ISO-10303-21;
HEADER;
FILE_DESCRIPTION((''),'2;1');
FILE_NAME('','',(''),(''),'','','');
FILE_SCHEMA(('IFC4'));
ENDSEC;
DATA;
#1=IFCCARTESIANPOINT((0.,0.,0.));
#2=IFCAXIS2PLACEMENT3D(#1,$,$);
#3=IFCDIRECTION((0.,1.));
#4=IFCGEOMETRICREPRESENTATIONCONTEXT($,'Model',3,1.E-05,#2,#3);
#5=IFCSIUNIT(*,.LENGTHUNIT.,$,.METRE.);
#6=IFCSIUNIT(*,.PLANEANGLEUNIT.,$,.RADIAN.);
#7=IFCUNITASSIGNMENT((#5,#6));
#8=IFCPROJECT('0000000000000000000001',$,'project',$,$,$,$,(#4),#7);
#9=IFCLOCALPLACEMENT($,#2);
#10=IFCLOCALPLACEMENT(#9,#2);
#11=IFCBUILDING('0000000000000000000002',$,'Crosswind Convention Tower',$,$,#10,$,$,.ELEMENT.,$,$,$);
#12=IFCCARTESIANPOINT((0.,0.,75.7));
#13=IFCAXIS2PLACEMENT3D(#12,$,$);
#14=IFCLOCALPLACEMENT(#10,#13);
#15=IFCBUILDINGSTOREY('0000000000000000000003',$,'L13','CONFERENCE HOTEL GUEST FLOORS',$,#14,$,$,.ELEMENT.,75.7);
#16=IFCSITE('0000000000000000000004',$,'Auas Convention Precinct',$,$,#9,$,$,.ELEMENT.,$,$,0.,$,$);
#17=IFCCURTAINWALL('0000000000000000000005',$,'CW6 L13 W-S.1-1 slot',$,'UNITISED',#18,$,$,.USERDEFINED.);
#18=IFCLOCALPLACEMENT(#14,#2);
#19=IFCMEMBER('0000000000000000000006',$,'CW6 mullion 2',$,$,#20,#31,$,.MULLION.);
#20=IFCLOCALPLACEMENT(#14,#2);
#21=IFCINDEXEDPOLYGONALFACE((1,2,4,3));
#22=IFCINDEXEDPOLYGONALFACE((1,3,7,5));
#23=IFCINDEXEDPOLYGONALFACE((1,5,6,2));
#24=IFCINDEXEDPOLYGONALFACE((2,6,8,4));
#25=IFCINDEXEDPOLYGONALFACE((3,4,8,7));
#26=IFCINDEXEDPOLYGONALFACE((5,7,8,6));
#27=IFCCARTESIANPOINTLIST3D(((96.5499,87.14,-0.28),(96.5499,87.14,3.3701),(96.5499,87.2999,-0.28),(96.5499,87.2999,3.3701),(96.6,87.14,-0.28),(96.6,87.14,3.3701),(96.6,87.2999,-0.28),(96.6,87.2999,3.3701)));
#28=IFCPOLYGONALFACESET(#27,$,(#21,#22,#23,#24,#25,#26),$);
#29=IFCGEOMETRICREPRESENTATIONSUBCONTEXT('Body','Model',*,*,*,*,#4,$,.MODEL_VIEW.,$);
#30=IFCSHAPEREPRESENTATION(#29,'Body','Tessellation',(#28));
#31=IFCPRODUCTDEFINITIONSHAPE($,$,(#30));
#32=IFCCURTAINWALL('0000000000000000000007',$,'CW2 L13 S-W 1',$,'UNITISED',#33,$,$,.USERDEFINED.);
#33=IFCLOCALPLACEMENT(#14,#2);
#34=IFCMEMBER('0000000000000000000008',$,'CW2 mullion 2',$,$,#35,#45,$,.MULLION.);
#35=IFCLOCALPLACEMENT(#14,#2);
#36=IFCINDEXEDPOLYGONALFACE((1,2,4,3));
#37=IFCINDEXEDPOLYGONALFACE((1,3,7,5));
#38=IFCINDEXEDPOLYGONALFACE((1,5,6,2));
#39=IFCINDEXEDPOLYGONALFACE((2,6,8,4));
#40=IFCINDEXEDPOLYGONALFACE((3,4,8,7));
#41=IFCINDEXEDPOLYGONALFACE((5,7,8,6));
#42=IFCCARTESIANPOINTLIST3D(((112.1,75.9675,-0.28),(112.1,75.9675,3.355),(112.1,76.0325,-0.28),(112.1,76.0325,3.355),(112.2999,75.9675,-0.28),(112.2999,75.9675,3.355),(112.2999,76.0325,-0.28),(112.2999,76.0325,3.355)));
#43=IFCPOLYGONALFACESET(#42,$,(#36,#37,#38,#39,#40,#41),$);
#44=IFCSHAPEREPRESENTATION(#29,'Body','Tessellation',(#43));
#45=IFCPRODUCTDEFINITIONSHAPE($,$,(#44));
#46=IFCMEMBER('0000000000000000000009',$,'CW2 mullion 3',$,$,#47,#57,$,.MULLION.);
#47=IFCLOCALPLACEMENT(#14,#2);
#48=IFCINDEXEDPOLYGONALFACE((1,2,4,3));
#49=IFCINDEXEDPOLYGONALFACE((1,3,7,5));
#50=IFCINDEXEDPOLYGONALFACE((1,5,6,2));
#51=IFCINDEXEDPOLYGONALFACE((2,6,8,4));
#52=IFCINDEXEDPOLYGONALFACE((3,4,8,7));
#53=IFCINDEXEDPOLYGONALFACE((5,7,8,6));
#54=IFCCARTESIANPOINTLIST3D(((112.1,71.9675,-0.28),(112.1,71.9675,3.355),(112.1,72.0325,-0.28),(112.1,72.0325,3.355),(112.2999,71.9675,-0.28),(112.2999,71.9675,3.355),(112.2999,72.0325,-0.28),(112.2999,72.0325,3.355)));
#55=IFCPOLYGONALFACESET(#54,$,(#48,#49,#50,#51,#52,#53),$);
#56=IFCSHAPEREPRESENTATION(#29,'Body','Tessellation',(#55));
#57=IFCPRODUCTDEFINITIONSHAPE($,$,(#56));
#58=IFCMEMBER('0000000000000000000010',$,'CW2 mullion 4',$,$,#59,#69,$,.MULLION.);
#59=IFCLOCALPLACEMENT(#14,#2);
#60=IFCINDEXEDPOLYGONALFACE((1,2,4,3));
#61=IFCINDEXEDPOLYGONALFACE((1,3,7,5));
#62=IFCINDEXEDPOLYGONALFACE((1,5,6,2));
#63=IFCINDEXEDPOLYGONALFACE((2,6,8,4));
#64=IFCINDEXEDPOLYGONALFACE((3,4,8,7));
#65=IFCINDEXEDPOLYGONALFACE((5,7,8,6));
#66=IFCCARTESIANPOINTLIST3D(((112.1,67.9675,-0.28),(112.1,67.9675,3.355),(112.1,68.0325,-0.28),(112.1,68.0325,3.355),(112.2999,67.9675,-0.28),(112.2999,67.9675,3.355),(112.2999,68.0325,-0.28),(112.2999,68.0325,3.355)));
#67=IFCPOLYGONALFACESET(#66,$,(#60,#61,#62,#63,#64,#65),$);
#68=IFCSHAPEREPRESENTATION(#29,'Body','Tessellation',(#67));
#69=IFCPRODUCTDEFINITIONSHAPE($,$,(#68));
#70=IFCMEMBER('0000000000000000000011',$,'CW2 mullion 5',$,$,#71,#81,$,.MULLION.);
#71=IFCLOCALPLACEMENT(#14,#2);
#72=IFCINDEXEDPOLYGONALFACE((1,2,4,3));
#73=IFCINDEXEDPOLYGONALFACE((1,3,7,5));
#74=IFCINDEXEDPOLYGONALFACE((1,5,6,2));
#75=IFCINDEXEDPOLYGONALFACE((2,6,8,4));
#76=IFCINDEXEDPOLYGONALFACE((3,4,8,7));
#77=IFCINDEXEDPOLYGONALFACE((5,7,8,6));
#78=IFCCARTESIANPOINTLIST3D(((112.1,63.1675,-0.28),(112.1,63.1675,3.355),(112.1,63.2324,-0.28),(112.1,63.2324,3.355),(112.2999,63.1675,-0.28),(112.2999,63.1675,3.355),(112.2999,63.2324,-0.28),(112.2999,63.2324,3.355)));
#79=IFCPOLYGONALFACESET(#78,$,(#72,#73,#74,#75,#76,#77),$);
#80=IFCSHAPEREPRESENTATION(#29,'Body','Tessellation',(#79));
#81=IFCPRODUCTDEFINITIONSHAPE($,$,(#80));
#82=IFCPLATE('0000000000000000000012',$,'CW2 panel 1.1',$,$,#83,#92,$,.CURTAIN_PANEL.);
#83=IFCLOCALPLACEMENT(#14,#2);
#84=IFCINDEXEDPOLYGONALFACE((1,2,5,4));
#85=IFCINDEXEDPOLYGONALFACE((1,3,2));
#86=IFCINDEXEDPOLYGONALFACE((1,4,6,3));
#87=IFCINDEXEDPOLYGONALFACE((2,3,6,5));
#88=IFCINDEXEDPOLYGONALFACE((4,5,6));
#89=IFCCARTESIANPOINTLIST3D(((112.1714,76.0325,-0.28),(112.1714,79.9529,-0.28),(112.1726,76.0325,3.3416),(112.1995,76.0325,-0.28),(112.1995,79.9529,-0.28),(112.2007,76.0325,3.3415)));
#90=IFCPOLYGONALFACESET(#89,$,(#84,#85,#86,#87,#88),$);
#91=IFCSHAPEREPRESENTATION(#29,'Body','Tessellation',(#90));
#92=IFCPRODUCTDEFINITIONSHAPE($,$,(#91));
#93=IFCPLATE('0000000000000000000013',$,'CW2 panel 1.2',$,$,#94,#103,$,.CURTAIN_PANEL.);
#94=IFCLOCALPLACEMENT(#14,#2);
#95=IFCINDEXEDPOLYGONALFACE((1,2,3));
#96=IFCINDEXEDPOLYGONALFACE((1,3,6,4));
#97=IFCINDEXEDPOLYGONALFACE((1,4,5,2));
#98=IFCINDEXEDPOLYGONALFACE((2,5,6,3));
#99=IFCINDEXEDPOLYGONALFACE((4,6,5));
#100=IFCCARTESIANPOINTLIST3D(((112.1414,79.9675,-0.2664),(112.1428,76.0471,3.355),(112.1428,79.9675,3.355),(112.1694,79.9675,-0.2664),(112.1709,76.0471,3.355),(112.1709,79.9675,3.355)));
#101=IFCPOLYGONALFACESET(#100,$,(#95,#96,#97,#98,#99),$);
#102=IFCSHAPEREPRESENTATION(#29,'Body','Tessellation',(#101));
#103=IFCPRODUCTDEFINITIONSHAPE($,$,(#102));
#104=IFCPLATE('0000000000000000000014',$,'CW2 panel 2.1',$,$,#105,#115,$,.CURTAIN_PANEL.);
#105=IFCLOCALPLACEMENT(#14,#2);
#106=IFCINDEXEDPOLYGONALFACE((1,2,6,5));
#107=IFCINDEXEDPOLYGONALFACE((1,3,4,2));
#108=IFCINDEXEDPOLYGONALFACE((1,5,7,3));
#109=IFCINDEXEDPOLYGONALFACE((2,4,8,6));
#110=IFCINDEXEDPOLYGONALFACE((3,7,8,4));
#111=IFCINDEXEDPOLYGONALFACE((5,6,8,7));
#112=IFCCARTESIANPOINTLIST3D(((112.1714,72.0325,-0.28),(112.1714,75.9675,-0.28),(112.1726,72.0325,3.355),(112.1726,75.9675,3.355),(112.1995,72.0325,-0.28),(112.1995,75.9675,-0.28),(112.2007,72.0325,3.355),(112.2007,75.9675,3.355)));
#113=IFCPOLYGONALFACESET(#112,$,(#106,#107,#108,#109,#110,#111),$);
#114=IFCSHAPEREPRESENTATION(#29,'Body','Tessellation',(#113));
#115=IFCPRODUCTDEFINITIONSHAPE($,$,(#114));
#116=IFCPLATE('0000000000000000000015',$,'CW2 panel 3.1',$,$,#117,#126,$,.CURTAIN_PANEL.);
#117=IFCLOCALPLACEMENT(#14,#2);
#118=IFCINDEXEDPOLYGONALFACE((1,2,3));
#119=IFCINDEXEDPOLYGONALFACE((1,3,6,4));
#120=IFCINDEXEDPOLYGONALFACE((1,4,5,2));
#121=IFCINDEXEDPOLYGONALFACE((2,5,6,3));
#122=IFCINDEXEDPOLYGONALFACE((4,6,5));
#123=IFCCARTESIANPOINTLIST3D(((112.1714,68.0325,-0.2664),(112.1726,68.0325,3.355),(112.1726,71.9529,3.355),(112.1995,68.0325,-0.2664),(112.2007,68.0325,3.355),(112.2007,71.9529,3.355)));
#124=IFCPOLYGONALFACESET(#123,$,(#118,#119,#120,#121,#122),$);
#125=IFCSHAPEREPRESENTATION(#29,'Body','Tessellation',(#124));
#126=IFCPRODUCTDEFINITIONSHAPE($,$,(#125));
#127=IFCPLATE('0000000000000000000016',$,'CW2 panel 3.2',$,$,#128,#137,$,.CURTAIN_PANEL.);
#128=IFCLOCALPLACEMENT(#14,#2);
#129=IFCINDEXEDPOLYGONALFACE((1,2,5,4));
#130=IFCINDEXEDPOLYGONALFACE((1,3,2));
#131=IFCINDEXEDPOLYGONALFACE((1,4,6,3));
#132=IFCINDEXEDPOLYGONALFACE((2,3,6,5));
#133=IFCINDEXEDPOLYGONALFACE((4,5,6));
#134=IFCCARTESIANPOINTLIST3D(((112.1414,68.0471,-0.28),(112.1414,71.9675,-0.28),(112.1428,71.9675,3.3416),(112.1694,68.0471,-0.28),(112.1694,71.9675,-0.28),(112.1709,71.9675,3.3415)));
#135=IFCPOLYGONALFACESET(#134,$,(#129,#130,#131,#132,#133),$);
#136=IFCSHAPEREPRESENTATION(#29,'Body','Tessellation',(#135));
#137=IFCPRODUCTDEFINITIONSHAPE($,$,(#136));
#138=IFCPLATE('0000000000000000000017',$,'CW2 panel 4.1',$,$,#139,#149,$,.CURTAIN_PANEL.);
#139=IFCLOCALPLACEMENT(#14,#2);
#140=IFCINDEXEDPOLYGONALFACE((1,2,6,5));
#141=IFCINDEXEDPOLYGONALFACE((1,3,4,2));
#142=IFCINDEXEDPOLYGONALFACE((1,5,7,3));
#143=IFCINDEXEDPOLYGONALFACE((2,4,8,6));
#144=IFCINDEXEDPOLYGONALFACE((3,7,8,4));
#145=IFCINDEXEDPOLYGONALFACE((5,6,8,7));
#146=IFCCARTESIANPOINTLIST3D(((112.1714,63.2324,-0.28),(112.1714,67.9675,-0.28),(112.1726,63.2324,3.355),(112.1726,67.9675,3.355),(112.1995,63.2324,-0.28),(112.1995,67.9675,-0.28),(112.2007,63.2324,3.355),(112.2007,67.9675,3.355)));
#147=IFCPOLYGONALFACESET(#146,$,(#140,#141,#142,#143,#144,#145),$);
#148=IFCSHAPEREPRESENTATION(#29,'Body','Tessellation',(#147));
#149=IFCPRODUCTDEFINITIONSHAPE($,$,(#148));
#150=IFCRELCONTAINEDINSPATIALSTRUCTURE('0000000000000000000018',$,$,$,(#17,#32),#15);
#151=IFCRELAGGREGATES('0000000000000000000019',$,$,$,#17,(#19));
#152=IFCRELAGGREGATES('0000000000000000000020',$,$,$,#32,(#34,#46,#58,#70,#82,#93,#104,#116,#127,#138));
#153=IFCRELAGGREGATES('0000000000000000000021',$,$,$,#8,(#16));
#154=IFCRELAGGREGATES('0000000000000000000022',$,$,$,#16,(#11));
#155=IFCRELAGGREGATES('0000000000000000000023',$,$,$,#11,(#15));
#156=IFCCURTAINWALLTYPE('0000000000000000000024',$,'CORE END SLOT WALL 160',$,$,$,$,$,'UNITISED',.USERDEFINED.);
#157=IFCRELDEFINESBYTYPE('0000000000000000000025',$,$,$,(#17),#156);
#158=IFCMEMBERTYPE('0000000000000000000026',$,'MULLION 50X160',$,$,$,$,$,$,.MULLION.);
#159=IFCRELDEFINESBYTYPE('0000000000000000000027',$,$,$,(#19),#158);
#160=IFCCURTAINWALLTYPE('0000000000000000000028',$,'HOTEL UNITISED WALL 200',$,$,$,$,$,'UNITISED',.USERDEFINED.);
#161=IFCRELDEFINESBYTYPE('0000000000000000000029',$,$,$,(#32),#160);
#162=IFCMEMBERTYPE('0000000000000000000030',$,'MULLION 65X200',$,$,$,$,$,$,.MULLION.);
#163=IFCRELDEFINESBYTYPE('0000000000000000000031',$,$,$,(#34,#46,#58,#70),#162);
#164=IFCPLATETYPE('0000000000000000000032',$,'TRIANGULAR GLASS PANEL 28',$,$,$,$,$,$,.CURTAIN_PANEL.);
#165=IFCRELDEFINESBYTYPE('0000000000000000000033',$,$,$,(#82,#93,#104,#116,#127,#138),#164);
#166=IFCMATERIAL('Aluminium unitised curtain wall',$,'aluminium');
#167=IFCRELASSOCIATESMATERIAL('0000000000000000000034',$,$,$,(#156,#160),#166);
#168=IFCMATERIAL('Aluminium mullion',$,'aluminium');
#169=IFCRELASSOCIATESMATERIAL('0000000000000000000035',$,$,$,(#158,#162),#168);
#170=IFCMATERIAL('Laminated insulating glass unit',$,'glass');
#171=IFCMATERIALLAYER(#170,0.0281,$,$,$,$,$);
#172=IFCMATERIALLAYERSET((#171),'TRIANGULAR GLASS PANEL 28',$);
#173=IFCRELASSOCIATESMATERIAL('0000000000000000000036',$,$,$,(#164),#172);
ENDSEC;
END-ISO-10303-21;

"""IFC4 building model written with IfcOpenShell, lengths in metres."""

from ifc_helpers import new_model, si_unit, direction, frame, origin, origin_2d, place, context, subcontext, project, spatial, polyline, rectangle, outline, extrude, material, layer, layer_set, material_profile, profile_set, type_object, element, aggregate, save


model = new_model("IFC4")

# Units and contexts
model_context = context("Model", 3, precision=1e-05, world=origin(), true_north=direction((0.0, 1.0)))
body_context = subcontext(model_context, "Body", "Model", "MODEL_VIEW")
ifc_project = project(units=[si_unit("LENGTHUNIT", "METRE"), si_unit("PLANEANGLEUNIT", "RADIAN")], contexts=[model_context])

# Site, building, storey
site_placement = place(None, origin())
site = spatial("IfcSite", under=ifc_project, at=site_placement, Name="Auas Convention Precinct", CompositionType="ELEMENT", RefElevation=0.0)
building_placement = place(site_placement, origin())
building = spatial("IfcBuilding", under=site, at=building_placement, Name="Crosswind Convention Tower", CompositionType="ELEMENT")
storey_placement = place(building_placement, frame((0.0, 0.0, 75.7)))
storey = spatial("IfcBuildingStorey", under=building, at=storey_placement, Name="L13", Description="CONFERENCE HOTEL GUEST FLOORS", CompositionType="ELEMENT", Elevation=75.7)

# Curtain wall, member
ifc_material_1 = material(Name="Aluminium unitised curtain wall", Category="aluminium")
curtain_wall_type_1 = type_object("IfcCurtainWallType", Name="CORE END SLOT WALL 160", ElementType="UNITISED", PredefinedType="USERDEFINED", material=ifc_material_1)
curtain_wall_1_placement = place(storey_placement, origin())
curtain_wall_1 = element("IfcCurtainWall", 1, at=curtain_wall_1_placement, inside=storey, type_object=curtain_wall_type_1, Name="CW6 L13 W-S.1-1 slot", ObjectType="UNITISED", PredefinedType="USERDEFINED")
ifc_material_2 = material(Name="Aluminium mullion", Category="aluminium")
ifc_material_profile_1 = material_profile(ifc_material_2, rectangle(XDim=0.1599, YDim=0.05, at=origin_2d()), Name="AL 160X50")
ifc_profile_set_1 = profile_set([ifc_material_profile_1], Name="Aluminium mullion")
member_type_1 = type_object("IfcMemberType", Name="MULLION 50X160", PredefinedType="MULLION", material=ifc_profile_set_1)
member_1_placement = place(storey_placement, frame((96.575, 87.22, -0.28), z_axis=(0.0, 0.0, 1.0), x_axis=(0.0, -1.0, 0.0)))
member_1 = element("IfcMember", 2, at=member_1_placement, type_object=member_type_1, Name="CW6 mullion 2", PredefinedType="MULLION", context=body_context, shape_type="SweptSolid", body=[
    extrude(rectangle(XDim=0.1599, YDim=0.05, at=origin_2d()), origin(), (0.0, 0.0, 1.0), 3.6501),
])
aggregate(curtain_wall_1, [member_1])

# Curtain wall, members, plates
curtain_wall_type_2 = type_object("IfcCurtainWallType", Name="HOTEL UNITISED WALL 200", ElementType="UNITISED", PredefinedType="USERDEFINED", material=ifc_material_1)
curtain_wall_2_placement = place(storey_placement, origin())
curtain_wall_2 = element("IfcCurtainWall", 3, at=curtain_wall_2_placement, inside=storey, type_object=curtain_wall_type_2, Name="CW2 L13 S-W 1", ObjectType="UNITISED", PredefinedType="USERDEFINED")
ifc_material_profile_2 = material_profile(ifc_material_2, rectangle(XDim=0.2, YDim=0.0649, at=origin_2d()), Name="AL 200X65")
ifc_profile_set_2 = profile_set([ifc_material_profile_2], Name="Aluminium mullion")
member_type_2 = type_object("IfcMemberType", Name="MULLION 65X200", PredefinedType="MULLION", material=ifc_profile_set_2)
member_2_placement = place(storey_placement, frame((112.2, 76.0, -0.28), z_axis=(0.0, 0.0, 1.0), x_axis=(-1.0, 0.0, 0.0)))
member_2 = element("IfcMember", 4, at=member_2_placement, type_object=member_type_2, Name="CW2 mullion 2", PredefinedType="MULLION", context=body_context, shape_type="SweptSolid", body=[
    extrude(rectangle(XDim=0.2, YDim=0.0649, at=origin_2d()), origin(), (0.0, 0.0, 1.0), 3.635),
])
member_3_placement = place(storey_placement, frame((112.2, 72.0, -0.28), z_axis=(0.0, 0.0, 1.0), x_axis=(-1.0, 0.0, 0.0)))
member_3 = element("IfcMember", 5, at=member_3_placement, type_object=member_type_2, Name="CW2 mullion 3", PredefinedType="MULLION", context=body_context, shape_type="SweptSolid", body=[
    extrude(rectangle(XDim=0.2, YDim=0.0649, at=origin_2d()), origin(), (0.0, 0.0, 1.0), 3.635),
])
member_4_placement = place(storey_placement, frame((112.2, 68.0, -0.28), z_axis=(0.0, 0.0, 1.0), x_axis=(-1.0, 0.0, 0.0)))
member_4 = element("IfcMember", 6, at=member_4_placement, type_object=member_type_2, Name="CW2 mullion 4", PredefinedType="MULLION", context=body_context, shape_type="SweptSolid", body=[
    extrude(rectangle(XDim=0.2, YDim=0.0649, at=origin_2d()), origin(), (0.0, 0.0, 1.0), 3.635),
])
member_5_placement = place(storey_placement, frame((112.2, 63.2, -0.28), z_axis=(0.0, 0.0, 1.0), x_axis=(-1.0, 0.0, 0.0)))
member_5 = element("IfcMember", 7, at=member_5_placement, type_object=member_type_2, Name="CW2 mullion 5", PredefinedType="MULLION", context=body_context, shape_type="SweptSolid", body=[
    extrude(rectangle(XDim=0.2, YDim=0.0649, at=origin_2d()), origin(), (0.0, 0.0, 1.0), 3.635),
])
ifc_material_3 = material(Name="Laminated insulating glass unit", Category="glass")
ifc_layer_1 = layer(ifc_material_3, 0.0281)
ifc_layer_set_1 = layer_set([ifc_layer_1], Name="TRIANGULAR GLASS PANEL 28")
plate_type = type_object("IfcPlateType", Name="TRIANGULAR GLASS PANEL 28", PredefinedType="CURTAIN_PANEL", material=ifc_layer_set_1)
plate_1_placement = place(storey_placement, frame((112.1714, 76.0325, -0.28), z_axis=(-1.0, 0.0, 0.000337), x_axis=(0.000337, 0.0, 1.0)))
plate_1 = element("IfcPlate", 8, at=plate_1_placement, type_object=plate_type, Name="CW2 panel 1.1", PredefinedType="CURTAIN_PANEL", context=body_context, shape_type="SweptSolid", body=[
    extrude(outline(polyline([(0.0, 0.0), (3.6216, 0.0), (0.0, 3.9204), (0.0, 0.0)])), origin(), (0.0, 0.0, -1.0), 0.0281),
])
plate_2_placement = place(storey_placement, frame((112.1428, 79.9675, 3.355), z_axis=(-1.0, 0.0, 0.000405), x_axis=(-0.000405, 0.0, -1.0)))
plate_2 = element("IfcPlate", 9, at=plate_2_placement, type_object=plate_type, Name="CW2 panel 1.2", PredefinedType="CURTAIN_PANEL", context=body_context, shape_type="SweptSolid", body=[
    extrude(outline(polyline([(0.0, 0.0), (3.6213, 0.0), (0.0, 3.9204), (0.0, 0.0)])), origin(), (0.0, 0.0, -1.0), 0.0281),
])
plate_3_placement = place(storey_placement, frame((112.1714, 75.9675, -0.28), z_axis=(-1.0, 0.0, 0.000336), x_axis=(0.0, -1.0, 0.0)))
plate_3 = element("IfcPlate", 10, at=plate_3_placement, type_object=plate_type, Name="CW2 panel 2.1", PredefinedType="CURTAIN_PANEL", context=body_context, shape_type="SweptSolid", body=[
    extrude(outline(polyline([(0.0, 0.0), (3.9351, 0.0), (3.9351, 3.635), (0.0, 3.635), (0.0, 0.0)])), origin(), (0.0, 0.0, -1.0), 0.0281),
])
plate_4_placement = place(storey_placement, frame((112.1726, 68.0325, 3.355), z_axis=(-1.0, 0.0, 0.000337), x_axis=(0.0, 1.0, 0.0)))
plate_4 = element("IfcPlate", 11, at=plate_4_placement, type_object=plate_type, Name="CW2 panel 3.1", PredefinedType="CURTAIN_PANEL", context=body_context, shape_type="SweptSolid", body=[
    extrude(outline(polyline([(0.0, 0.0), (3.9204, 0.0), (0.0, 3.6213), (0.0, 0.0)])), origin(), (0.0, 0.0, -1.0), 0.0281),
])
plate_5_placement = place(storey_placement, frame((112.1414, 71.9675, -0.28), z_axis=(-1.0, 0.0, 0.000404), x_axis=(0.0, -1.0, 0.0)))
plate_5 = element("IfcPlate", 12, at=plate_5_placement, type_object=plate_type, Name="CW2 panel 3.2", PredefinedType="CURTAIN_PANEL", context=body_context, shape_type="SweptSolid", body=[
    extrude(outline(polyline([(0.0, 0.0), (3.9204, 0.0), (0.0, 3.6216), (0.0, 0.0)])), origin(), (0.0, 0.0, -1.0), 0.0281),
])
plate_6_placement = place(storey_placement, frame((112.1714, 67.9675, -0.28), z_axis=(-1.0, 0.0, 0.000336), x_axis=(0.0, -1.0, 0.0)))
plate_6 = element("IfcPlate", 13, at=plate_6_placement, type_object=plate_type, Name="CW2 panel 4.1", PredefinedType="CURTAIN_PANEL", context=body_context, shape_type="SweptSolid", body=[
    extrude(outline(polyline([(0.0, 0.0), (4.7351, 0.0), (4.7351, 3.635), (0.0, 3.635), (0.0, 0.0)])), origin(), (0.0, 0.0, -1.0), 0.0281),
])

aggregate(curtain_wall_2, [member_2, member_3, member_4, member_5, plate_1, plate_2, plate_3, plate_4, plate_5, plate_6])

save(model, "model.ifc")
